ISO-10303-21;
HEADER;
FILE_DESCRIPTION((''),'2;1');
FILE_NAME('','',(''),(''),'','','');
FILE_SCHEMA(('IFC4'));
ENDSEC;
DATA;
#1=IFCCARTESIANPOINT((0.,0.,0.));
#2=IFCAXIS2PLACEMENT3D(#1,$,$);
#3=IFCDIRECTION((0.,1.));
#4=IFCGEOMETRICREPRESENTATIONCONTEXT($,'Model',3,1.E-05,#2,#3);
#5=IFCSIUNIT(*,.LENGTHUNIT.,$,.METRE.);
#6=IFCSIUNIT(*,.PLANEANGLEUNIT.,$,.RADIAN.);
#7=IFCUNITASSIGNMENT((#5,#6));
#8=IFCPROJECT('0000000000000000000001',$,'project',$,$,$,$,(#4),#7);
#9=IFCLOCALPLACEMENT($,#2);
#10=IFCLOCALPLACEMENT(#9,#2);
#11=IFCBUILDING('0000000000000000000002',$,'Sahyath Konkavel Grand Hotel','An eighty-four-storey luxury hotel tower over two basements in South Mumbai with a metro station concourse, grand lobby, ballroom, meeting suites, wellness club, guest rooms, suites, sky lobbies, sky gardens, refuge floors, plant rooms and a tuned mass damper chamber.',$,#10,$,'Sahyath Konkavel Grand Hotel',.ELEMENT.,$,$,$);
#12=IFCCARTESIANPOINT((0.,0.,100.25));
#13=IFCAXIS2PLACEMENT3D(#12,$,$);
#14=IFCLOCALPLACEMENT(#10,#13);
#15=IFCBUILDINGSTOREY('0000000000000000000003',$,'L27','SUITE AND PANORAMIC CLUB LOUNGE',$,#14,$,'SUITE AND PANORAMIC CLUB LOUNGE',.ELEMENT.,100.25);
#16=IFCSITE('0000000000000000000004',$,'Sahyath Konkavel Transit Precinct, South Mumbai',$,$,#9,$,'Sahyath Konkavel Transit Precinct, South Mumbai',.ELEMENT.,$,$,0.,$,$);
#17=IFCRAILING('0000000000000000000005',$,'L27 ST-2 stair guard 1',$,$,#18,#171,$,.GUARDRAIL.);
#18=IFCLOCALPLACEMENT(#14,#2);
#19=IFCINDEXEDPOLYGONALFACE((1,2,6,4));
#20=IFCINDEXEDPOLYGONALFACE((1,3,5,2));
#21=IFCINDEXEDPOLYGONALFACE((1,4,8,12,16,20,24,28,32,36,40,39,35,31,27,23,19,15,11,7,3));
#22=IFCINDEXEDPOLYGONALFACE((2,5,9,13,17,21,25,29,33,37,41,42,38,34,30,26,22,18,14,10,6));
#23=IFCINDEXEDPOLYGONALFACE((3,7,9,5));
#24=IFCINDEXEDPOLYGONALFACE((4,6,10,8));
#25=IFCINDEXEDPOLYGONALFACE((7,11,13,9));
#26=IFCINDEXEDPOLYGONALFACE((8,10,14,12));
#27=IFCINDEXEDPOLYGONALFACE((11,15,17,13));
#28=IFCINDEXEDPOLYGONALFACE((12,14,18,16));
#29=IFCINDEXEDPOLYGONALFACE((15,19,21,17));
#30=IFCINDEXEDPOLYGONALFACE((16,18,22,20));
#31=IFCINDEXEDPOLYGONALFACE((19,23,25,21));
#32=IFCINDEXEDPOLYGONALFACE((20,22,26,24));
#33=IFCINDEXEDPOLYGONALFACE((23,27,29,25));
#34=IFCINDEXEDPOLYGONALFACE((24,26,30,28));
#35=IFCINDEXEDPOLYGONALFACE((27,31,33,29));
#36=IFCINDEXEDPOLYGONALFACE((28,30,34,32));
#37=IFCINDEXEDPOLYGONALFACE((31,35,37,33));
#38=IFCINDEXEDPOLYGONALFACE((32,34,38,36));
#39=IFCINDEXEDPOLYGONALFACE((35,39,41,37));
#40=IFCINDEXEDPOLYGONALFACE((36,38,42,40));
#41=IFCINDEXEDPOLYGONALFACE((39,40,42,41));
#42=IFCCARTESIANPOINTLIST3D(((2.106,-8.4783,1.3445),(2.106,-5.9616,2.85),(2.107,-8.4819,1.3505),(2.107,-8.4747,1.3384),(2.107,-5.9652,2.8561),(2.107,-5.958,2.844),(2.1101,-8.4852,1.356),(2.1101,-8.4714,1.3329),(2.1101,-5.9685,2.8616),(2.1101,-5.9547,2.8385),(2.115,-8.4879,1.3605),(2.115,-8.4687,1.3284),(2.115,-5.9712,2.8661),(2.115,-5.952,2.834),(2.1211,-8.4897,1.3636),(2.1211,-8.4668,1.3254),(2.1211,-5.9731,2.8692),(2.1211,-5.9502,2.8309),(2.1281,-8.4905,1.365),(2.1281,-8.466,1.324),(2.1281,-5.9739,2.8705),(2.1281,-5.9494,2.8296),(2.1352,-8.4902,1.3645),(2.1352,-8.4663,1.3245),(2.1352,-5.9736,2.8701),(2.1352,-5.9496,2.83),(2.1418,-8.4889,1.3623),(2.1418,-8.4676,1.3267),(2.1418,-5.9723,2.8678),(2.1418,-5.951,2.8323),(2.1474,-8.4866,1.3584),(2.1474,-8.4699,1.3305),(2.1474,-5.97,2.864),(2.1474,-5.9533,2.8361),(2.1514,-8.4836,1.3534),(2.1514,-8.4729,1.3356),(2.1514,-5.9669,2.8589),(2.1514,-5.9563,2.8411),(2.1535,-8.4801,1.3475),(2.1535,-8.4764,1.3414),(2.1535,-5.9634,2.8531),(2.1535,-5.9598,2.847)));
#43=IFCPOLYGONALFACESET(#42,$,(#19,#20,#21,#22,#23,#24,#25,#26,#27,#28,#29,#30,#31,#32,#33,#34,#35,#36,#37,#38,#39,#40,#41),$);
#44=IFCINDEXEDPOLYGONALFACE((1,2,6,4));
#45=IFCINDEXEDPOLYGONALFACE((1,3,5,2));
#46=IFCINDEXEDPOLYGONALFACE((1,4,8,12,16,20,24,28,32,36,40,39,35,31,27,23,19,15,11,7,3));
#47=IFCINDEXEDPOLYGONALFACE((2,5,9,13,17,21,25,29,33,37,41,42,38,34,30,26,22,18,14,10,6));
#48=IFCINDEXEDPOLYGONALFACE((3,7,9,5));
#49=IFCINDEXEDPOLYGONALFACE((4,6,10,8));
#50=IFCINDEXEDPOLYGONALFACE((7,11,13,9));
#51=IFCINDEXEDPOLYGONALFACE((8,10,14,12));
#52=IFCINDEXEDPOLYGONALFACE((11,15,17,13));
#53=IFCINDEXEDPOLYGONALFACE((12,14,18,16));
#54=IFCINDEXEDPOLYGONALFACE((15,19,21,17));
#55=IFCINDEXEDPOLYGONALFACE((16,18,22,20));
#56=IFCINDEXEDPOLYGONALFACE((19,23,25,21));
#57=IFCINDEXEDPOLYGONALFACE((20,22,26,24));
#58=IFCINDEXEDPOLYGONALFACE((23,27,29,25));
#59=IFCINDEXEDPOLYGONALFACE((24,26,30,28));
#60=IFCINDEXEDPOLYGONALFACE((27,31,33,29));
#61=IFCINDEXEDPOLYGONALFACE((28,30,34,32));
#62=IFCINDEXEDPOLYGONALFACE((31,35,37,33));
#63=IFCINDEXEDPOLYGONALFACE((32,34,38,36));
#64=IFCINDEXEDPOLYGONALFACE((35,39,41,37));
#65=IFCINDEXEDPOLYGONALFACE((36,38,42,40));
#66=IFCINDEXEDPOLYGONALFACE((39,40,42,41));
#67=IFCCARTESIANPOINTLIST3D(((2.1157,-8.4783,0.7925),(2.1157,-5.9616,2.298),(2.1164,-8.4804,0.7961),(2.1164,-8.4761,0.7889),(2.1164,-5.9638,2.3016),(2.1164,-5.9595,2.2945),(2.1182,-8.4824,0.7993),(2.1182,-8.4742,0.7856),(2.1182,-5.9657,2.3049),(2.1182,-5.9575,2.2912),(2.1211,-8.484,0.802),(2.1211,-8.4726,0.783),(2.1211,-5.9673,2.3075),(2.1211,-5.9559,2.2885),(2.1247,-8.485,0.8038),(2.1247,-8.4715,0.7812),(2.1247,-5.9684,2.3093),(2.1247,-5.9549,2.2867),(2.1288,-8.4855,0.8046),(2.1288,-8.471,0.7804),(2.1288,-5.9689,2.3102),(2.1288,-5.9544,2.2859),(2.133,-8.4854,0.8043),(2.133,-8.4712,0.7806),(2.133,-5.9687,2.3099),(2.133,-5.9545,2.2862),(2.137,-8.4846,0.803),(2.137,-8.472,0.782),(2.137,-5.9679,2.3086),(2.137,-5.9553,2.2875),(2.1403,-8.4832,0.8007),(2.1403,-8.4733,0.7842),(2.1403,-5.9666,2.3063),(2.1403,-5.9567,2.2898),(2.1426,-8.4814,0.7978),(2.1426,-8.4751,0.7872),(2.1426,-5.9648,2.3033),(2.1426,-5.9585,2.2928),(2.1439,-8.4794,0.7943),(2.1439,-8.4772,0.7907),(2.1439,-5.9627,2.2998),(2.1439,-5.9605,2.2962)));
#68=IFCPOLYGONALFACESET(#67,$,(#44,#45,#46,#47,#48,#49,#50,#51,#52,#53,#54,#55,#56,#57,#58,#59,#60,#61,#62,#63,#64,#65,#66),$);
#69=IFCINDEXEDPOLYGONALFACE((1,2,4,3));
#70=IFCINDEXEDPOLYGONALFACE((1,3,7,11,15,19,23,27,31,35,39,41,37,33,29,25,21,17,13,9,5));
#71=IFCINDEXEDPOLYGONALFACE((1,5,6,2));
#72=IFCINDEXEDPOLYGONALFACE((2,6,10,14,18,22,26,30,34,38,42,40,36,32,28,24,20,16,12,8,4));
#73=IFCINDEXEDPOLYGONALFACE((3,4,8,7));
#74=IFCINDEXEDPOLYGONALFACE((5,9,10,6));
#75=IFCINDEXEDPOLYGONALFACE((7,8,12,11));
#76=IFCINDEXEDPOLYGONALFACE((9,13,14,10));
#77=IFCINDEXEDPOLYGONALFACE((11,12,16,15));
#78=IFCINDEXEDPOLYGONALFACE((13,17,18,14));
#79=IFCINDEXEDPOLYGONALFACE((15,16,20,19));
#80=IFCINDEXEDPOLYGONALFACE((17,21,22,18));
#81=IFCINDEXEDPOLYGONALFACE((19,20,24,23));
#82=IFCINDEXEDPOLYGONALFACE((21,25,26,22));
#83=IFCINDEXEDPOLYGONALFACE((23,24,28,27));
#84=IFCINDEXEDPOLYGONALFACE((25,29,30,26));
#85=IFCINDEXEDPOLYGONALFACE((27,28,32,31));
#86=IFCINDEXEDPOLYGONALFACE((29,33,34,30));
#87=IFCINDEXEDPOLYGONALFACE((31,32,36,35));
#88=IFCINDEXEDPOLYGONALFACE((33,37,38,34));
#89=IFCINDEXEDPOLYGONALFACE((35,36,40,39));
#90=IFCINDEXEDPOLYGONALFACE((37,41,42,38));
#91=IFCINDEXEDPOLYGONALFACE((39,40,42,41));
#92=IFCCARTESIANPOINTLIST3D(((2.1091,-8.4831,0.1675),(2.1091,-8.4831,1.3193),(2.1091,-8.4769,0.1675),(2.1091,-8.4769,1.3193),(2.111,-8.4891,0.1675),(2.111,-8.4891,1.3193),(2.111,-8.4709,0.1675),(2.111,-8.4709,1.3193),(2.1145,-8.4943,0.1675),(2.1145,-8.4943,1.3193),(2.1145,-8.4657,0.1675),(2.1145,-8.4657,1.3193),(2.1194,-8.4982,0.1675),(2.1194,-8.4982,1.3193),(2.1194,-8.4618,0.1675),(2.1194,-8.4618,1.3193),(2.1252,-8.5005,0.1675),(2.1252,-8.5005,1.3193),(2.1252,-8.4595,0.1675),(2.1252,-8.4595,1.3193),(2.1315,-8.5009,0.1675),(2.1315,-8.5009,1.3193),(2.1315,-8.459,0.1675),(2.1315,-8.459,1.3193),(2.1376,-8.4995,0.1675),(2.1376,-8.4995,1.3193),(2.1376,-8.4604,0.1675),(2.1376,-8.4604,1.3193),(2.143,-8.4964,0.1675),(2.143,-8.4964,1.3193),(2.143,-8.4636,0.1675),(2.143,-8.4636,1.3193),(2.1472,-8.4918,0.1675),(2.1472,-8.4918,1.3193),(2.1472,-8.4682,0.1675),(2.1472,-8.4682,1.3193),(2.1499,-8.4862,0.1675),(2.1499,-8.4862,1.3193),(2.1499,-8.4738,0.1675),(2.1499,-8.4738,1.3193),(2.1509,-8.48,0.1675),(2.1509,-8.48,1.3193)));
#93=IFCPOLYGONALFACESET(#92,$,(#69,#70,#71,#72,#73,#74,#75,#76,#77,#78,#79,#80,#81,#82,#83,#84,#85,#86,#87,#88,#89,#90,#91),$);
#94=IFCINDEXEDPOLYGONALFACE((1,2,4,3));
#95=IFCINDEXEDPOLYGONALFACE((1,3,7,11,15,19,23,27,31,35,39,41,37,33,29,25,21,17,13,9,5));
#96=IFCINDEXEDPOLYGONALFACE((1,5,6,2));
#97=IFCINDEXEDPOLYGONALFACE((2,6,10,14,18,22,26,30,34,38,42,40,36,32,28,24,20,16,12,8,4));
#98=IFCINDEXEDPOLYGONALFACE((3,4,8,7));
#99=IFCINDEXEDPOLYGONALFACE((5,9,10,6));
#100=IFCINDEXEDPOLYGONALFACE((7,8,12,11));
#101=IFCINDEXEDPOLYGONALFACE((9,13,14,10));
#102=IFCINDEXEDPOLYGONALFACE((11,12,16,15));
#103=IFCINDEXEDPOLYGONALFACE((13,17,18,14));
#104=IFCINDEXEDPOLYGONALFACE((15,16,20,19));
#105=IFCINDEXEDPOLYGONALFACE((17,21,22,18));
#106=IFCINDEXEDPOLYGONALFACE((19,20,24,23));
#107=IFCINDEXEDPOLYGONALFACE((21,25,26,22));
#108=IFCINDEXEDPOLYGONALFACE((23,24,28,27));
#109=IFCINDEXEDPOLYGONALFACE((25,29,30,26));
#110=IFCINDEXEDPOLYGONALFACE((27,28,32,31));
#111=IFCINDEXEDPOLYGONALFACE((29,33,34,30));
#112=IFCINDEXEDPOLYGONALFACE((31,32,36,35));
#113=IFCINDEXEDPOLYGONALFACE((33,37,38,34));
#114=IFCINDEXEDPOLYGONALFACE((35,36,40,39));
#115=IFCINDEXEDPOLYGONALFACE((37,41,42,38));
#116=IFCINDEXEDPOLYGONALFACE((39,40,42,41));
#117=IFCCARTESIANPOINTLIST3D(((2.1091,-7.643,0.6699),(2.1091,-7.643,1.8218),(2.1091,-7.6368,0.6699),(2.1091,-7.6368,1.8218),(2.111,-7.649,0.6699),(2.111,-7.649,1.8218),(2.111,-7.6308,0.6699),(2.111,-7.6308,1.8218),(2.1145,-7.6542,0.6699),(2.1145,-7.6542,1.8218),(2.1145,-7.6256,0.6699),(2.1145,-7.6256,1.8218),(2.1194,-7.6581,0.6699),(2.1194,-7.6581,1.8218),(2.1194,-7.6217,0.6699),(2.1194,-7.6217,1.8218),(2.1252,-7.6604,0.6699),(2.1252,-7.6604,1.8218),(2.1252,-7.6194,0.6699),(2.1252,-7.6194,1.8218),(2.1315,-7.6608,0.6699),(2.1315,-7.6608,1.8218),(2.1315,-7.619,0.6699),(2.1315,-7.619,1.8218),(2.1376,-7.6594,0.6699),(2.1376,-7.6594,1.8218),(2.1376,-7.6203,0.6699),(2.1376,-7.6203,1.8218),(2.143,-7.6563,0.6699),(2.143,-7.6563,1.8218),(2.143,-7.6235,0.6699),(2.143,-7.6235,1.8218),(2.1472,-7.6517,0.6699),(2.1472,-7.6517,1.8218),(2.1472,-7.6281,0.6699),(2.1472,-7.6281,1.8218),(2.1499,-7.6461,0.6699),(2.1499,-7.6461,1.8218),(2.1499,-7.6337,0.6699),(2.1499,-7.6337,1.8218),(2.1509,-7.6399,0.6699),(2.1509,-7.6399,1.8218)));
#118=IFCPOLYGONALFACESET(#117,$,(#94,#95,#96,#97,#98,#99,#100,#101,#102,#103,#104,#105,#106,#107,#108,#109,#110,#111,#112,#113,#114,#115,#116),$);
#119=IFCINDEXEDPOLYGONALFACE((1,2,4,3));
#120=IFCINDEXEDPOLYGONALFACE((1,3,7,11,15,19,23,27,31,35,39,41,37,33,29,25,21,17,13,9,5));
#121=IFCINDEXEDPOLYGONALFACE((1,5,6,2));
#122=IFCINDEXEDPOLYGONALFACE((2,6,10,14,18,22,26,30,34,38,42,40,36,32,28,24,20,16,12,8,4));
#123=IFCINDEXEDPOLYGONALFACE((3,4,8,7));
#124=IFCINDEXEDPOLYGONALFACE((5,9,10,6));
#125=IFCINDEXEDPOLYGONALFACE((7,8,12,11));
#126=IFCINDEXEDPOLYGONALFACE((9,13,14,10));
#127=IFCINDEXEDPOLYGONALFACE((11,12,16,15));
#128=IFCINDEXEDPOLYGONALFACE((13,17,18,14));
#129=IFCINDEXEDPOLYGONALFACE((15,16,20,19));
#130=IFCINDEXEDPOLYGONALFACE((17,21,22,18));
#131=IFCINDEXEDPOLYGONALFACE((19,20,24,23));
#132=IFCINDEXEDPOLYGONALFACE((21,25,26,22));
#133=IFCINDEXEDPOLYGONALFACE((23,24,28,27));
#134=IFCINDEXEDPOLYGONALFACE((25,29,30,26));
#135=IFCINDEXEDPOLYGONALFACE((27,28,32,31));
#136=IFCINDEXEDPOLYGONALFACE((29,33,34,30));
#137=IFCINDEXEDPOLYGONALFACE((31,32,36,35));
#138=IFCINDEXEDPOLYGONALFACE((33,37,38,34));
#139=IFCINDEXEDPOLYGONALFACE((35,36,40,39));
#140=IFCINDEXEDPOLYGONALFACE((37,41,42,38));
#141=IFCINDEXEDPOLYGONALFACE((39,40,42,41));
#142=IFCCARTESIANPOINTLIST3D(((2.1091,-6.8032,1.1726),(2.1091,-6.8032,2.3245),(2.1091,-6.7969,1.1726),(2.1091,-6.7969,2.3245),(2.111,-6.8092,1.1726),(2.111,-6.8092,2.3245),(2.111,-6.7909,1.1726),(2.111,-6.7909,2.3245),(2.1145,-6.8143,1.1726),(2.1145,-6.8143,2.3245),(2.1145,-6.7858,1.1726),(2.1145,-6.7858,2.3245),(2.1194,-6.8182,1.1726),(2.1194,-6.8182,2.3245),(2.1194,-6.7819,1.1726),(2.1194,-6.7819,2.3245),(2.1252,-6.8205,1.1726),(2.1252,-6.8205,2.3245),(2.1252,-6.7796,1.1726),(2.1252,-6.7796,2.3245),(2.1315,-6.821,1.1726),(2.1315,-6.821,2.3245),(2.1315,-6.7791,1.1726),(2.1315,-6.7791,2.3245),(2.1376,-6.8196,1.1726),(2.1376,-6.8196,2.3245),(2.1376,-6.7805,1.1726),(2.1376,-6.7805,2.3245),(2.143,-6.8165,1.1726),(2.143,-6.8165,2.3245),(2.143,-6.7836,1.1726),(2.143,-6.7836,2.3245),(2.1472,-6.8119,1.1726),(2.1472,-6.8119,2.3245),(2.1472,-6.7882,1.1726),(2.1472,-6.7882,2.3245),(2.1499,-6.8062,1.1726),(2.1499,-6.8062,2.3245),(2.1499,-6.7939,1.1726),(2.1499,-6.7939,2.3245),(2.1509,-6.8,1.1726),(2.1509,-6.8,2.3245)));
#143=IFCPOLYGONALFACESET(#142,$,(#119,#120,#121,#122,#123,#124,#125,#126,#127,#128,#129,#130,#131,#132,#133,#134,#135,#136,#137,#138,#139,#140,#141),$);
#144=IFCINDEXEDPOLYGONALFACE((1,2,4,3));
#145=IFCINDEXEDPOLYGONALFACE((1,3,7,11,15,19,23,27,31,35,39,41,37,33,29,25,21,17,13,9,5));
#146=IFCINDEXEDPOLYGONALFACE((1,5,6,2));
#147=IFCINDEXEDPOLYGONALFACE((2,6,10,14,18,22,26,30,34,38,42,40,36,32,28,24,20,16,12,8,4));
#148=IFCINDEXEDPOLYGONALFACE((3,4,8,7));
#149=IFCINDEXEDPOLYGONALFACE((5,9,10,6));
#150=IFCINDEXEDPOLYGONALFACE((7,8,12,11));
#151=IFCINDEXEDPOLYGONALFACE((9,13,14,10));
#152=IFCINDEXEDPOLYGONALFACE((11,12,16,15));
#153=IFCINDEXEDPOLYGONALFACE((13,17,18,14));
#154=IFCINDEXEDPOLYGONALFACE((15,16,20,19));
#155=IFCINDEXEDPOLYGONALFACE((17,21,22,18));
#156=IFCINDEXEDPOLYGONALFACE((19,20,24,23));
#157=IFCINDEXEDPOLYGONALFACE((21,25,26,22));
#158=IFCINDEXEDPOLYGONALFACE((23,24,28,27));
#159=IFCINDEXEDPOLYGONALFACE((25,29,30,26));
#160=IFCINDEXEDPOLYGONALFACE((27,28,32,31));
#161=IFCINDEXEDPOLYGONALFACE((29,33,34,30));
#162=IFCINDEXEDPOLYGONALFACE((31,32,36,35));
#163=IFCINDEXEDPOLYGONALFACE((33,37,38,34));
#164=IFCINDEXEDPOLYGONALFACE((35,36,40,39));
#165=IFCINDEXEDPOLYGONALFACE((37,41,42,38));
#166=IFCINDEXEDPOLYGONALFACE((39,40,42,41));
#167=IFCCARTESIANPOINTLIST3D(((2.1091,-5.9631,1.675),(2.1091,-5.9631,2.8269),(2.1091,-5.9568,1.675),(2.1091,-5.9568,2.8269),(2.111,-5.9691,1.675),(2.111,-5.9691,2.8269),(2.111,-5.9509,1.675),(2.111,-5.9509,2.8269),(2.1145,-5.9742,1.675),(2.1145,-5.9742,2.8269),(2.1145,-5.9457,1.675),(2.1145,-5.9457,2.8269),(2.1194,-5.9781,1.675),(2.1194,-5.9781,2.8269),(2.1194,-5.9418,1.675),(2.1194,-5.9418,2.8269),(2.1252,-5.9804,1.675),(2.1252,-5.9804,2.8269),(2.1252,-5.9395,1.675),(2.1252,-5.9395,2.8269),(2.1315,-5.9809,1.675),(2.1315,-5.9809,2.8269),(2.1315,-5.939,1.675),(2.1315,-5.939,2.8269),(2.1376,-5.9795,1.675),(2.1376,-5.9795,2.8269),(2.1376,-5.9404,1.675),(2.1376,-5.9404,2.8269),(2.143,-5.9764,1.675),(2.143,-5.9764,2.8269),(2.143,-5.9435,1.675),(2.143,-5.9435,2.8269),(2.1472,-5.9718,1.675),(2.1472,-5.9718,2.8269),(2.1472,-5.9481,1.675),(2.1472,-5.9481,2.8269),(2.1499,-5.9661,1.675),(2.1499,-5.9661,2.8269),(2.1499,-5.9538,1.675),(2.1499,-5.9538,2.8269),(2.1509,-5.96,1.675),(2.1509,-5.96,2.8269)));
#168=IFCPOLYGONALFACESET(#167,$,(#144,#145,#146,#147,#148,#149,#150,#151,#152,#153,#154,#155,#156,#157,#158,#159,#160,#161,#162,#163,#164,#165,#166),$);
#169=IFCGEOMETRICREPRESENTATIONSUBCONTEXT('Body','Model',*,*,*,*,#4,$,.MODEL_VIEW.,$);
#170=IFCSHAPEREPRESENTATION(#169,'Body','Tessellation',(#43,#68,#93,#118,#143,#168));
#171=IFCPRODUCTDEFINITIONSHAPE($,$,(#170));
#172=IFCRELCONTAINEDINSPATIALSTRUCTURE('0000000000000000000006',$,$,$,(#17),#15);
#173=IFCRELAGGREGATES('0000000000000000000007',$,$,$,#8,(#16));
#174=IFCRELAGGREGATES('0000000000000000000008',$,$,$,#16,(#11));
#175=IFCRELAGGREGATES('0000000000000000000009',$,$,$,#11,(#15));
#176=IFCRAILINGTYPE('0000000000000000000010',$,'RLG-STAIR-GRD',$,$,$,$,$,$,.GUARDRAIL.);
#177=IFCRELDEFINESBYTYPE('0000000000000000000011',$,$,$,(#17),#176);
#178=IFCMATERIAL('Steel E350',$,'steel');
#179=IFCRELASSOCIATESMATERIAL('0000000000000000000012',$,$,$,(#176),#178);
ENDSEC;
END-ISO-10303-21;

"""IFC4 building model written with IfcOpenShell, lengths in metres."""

from ifc_helpers import new_model, si_unit, direction, frame, origin, origin_2d, place, context, subcontext, project, spatial, circle, extrude, material, type_object, element, save


model = new_model("IFC4")

# Units and contexts
model_context = context("Model", 3, precision=1e-05, world=origin(), true_north=direction((0.0, 1.0)))
body_context = subcontext(model_context, "Body", "Model", "MODEL_VIEW")
ifc_project = project(units=[si_unit("LENGTHUNIT", "METRE"), si_unit("PLANEANGLEUNIT", "RADIAN")], contexts=[model_context])

# Site, building, storey
site_placement = place(None, origin())
site = spatial("IfcSite", under=ifc_project, at=site_placement, Name="Sahyath Konkavel Transit Precinct, South Mumbai", LongName="Sahyath Konkavel Transit Precinct, South Mumbai", CompositionType="ELEMENT", RefElevation=0.0)
building_placement = place(site_placement, origin())
building = spatial("IfcBuilding", under=site, at=building_placement, Name="Sahyath Konkavel Grand Hotel", Description="An eighty-four-storey luxury hotel tower over two basements in South Mumbai with a metro station concourse, grand lobby, ballroom, meeting suites, wellness club, guest rooms, suites, sky lobbies, sky gardens, refuge floors, plant rooms and a tuned mass damper chamber.", LongName="Sahyath Konkavel Grand Hotel", CompositionType="ELEMENT")
storey_placement = place(building_placement, frame((0.0, 0.0, 100.25)))
storey = spatial("IfcBuildingStorey", under=building, at=storey_placement, Name="L27", Description="SUITE AND PANORAMIC CLUB LOUNGE", LongName="SUITE AND PANORAMIC CLUB LOUNGE", CompositionType="ELEMENT", Elevation=100.25)

# Shared definitions
ifc_material_1 = material(Name="Steel E350", Category="steel")

# Railing
railing_type_1 = type_object("IfcRailingType", Name="RLG-STAIR-GRD", PredefinedType="GUARDRAIL", material=ifc_material_1)
railing_1_placement = place(storey_placement, frame((2.1299, -8.48, 0.1675)))
element("IfcRailing", 1, at=railing_1_placement, inside=storey, type_object=railing_type_1, Name="L27 ST-2 stair guard 1", PredefinedType="GUARDRAIL", context=body_context, shape_type="SweptSolid", body=[
    extrude(circle(Radius=0.0239, at=origin_2d()), frame((0.0, 0.0017, 1.177), z_axis=(0.0, 0.85816, 0.513383), x_axis=(-1.0, 0.0, 0.0)), (0.0, 0.0, 1.0), 2.9326),
    extrude(circle(Radius=0.0142, at=origin_2d()), frame((0.0, 0.0017, 0.625), z_axis=(0.0, 0.85816, 0.513383), x_axis=(-1.0, 0.0, 0.0)), (0.0, 0.0, 1.0), 2.9326),
    extrude(circle(Radius=0.021, at=origin_2d()), origin(), (0.0, 0.0, 1.0), 1.1519),
    extrude(circle(Radius=0.021, at=origin_2d()), frame((0.0, 0.8401, 0.5024)), (0.0, 0.0, 1.0), 1.1519),
    extrude(circle(Radius=0.021, at=origin_2d()), frame((0.0, 1.6799, 1.0051)), (0.0, 0.0, 1.0), 1.1519),
    extrude(circle(Radius=0.021, at=origin_2d()), frame((0.0, 2.52, 1.5076)), (0.0, 0.0, 1.0), 1.1519),
])

save(model, "model.ifc")
